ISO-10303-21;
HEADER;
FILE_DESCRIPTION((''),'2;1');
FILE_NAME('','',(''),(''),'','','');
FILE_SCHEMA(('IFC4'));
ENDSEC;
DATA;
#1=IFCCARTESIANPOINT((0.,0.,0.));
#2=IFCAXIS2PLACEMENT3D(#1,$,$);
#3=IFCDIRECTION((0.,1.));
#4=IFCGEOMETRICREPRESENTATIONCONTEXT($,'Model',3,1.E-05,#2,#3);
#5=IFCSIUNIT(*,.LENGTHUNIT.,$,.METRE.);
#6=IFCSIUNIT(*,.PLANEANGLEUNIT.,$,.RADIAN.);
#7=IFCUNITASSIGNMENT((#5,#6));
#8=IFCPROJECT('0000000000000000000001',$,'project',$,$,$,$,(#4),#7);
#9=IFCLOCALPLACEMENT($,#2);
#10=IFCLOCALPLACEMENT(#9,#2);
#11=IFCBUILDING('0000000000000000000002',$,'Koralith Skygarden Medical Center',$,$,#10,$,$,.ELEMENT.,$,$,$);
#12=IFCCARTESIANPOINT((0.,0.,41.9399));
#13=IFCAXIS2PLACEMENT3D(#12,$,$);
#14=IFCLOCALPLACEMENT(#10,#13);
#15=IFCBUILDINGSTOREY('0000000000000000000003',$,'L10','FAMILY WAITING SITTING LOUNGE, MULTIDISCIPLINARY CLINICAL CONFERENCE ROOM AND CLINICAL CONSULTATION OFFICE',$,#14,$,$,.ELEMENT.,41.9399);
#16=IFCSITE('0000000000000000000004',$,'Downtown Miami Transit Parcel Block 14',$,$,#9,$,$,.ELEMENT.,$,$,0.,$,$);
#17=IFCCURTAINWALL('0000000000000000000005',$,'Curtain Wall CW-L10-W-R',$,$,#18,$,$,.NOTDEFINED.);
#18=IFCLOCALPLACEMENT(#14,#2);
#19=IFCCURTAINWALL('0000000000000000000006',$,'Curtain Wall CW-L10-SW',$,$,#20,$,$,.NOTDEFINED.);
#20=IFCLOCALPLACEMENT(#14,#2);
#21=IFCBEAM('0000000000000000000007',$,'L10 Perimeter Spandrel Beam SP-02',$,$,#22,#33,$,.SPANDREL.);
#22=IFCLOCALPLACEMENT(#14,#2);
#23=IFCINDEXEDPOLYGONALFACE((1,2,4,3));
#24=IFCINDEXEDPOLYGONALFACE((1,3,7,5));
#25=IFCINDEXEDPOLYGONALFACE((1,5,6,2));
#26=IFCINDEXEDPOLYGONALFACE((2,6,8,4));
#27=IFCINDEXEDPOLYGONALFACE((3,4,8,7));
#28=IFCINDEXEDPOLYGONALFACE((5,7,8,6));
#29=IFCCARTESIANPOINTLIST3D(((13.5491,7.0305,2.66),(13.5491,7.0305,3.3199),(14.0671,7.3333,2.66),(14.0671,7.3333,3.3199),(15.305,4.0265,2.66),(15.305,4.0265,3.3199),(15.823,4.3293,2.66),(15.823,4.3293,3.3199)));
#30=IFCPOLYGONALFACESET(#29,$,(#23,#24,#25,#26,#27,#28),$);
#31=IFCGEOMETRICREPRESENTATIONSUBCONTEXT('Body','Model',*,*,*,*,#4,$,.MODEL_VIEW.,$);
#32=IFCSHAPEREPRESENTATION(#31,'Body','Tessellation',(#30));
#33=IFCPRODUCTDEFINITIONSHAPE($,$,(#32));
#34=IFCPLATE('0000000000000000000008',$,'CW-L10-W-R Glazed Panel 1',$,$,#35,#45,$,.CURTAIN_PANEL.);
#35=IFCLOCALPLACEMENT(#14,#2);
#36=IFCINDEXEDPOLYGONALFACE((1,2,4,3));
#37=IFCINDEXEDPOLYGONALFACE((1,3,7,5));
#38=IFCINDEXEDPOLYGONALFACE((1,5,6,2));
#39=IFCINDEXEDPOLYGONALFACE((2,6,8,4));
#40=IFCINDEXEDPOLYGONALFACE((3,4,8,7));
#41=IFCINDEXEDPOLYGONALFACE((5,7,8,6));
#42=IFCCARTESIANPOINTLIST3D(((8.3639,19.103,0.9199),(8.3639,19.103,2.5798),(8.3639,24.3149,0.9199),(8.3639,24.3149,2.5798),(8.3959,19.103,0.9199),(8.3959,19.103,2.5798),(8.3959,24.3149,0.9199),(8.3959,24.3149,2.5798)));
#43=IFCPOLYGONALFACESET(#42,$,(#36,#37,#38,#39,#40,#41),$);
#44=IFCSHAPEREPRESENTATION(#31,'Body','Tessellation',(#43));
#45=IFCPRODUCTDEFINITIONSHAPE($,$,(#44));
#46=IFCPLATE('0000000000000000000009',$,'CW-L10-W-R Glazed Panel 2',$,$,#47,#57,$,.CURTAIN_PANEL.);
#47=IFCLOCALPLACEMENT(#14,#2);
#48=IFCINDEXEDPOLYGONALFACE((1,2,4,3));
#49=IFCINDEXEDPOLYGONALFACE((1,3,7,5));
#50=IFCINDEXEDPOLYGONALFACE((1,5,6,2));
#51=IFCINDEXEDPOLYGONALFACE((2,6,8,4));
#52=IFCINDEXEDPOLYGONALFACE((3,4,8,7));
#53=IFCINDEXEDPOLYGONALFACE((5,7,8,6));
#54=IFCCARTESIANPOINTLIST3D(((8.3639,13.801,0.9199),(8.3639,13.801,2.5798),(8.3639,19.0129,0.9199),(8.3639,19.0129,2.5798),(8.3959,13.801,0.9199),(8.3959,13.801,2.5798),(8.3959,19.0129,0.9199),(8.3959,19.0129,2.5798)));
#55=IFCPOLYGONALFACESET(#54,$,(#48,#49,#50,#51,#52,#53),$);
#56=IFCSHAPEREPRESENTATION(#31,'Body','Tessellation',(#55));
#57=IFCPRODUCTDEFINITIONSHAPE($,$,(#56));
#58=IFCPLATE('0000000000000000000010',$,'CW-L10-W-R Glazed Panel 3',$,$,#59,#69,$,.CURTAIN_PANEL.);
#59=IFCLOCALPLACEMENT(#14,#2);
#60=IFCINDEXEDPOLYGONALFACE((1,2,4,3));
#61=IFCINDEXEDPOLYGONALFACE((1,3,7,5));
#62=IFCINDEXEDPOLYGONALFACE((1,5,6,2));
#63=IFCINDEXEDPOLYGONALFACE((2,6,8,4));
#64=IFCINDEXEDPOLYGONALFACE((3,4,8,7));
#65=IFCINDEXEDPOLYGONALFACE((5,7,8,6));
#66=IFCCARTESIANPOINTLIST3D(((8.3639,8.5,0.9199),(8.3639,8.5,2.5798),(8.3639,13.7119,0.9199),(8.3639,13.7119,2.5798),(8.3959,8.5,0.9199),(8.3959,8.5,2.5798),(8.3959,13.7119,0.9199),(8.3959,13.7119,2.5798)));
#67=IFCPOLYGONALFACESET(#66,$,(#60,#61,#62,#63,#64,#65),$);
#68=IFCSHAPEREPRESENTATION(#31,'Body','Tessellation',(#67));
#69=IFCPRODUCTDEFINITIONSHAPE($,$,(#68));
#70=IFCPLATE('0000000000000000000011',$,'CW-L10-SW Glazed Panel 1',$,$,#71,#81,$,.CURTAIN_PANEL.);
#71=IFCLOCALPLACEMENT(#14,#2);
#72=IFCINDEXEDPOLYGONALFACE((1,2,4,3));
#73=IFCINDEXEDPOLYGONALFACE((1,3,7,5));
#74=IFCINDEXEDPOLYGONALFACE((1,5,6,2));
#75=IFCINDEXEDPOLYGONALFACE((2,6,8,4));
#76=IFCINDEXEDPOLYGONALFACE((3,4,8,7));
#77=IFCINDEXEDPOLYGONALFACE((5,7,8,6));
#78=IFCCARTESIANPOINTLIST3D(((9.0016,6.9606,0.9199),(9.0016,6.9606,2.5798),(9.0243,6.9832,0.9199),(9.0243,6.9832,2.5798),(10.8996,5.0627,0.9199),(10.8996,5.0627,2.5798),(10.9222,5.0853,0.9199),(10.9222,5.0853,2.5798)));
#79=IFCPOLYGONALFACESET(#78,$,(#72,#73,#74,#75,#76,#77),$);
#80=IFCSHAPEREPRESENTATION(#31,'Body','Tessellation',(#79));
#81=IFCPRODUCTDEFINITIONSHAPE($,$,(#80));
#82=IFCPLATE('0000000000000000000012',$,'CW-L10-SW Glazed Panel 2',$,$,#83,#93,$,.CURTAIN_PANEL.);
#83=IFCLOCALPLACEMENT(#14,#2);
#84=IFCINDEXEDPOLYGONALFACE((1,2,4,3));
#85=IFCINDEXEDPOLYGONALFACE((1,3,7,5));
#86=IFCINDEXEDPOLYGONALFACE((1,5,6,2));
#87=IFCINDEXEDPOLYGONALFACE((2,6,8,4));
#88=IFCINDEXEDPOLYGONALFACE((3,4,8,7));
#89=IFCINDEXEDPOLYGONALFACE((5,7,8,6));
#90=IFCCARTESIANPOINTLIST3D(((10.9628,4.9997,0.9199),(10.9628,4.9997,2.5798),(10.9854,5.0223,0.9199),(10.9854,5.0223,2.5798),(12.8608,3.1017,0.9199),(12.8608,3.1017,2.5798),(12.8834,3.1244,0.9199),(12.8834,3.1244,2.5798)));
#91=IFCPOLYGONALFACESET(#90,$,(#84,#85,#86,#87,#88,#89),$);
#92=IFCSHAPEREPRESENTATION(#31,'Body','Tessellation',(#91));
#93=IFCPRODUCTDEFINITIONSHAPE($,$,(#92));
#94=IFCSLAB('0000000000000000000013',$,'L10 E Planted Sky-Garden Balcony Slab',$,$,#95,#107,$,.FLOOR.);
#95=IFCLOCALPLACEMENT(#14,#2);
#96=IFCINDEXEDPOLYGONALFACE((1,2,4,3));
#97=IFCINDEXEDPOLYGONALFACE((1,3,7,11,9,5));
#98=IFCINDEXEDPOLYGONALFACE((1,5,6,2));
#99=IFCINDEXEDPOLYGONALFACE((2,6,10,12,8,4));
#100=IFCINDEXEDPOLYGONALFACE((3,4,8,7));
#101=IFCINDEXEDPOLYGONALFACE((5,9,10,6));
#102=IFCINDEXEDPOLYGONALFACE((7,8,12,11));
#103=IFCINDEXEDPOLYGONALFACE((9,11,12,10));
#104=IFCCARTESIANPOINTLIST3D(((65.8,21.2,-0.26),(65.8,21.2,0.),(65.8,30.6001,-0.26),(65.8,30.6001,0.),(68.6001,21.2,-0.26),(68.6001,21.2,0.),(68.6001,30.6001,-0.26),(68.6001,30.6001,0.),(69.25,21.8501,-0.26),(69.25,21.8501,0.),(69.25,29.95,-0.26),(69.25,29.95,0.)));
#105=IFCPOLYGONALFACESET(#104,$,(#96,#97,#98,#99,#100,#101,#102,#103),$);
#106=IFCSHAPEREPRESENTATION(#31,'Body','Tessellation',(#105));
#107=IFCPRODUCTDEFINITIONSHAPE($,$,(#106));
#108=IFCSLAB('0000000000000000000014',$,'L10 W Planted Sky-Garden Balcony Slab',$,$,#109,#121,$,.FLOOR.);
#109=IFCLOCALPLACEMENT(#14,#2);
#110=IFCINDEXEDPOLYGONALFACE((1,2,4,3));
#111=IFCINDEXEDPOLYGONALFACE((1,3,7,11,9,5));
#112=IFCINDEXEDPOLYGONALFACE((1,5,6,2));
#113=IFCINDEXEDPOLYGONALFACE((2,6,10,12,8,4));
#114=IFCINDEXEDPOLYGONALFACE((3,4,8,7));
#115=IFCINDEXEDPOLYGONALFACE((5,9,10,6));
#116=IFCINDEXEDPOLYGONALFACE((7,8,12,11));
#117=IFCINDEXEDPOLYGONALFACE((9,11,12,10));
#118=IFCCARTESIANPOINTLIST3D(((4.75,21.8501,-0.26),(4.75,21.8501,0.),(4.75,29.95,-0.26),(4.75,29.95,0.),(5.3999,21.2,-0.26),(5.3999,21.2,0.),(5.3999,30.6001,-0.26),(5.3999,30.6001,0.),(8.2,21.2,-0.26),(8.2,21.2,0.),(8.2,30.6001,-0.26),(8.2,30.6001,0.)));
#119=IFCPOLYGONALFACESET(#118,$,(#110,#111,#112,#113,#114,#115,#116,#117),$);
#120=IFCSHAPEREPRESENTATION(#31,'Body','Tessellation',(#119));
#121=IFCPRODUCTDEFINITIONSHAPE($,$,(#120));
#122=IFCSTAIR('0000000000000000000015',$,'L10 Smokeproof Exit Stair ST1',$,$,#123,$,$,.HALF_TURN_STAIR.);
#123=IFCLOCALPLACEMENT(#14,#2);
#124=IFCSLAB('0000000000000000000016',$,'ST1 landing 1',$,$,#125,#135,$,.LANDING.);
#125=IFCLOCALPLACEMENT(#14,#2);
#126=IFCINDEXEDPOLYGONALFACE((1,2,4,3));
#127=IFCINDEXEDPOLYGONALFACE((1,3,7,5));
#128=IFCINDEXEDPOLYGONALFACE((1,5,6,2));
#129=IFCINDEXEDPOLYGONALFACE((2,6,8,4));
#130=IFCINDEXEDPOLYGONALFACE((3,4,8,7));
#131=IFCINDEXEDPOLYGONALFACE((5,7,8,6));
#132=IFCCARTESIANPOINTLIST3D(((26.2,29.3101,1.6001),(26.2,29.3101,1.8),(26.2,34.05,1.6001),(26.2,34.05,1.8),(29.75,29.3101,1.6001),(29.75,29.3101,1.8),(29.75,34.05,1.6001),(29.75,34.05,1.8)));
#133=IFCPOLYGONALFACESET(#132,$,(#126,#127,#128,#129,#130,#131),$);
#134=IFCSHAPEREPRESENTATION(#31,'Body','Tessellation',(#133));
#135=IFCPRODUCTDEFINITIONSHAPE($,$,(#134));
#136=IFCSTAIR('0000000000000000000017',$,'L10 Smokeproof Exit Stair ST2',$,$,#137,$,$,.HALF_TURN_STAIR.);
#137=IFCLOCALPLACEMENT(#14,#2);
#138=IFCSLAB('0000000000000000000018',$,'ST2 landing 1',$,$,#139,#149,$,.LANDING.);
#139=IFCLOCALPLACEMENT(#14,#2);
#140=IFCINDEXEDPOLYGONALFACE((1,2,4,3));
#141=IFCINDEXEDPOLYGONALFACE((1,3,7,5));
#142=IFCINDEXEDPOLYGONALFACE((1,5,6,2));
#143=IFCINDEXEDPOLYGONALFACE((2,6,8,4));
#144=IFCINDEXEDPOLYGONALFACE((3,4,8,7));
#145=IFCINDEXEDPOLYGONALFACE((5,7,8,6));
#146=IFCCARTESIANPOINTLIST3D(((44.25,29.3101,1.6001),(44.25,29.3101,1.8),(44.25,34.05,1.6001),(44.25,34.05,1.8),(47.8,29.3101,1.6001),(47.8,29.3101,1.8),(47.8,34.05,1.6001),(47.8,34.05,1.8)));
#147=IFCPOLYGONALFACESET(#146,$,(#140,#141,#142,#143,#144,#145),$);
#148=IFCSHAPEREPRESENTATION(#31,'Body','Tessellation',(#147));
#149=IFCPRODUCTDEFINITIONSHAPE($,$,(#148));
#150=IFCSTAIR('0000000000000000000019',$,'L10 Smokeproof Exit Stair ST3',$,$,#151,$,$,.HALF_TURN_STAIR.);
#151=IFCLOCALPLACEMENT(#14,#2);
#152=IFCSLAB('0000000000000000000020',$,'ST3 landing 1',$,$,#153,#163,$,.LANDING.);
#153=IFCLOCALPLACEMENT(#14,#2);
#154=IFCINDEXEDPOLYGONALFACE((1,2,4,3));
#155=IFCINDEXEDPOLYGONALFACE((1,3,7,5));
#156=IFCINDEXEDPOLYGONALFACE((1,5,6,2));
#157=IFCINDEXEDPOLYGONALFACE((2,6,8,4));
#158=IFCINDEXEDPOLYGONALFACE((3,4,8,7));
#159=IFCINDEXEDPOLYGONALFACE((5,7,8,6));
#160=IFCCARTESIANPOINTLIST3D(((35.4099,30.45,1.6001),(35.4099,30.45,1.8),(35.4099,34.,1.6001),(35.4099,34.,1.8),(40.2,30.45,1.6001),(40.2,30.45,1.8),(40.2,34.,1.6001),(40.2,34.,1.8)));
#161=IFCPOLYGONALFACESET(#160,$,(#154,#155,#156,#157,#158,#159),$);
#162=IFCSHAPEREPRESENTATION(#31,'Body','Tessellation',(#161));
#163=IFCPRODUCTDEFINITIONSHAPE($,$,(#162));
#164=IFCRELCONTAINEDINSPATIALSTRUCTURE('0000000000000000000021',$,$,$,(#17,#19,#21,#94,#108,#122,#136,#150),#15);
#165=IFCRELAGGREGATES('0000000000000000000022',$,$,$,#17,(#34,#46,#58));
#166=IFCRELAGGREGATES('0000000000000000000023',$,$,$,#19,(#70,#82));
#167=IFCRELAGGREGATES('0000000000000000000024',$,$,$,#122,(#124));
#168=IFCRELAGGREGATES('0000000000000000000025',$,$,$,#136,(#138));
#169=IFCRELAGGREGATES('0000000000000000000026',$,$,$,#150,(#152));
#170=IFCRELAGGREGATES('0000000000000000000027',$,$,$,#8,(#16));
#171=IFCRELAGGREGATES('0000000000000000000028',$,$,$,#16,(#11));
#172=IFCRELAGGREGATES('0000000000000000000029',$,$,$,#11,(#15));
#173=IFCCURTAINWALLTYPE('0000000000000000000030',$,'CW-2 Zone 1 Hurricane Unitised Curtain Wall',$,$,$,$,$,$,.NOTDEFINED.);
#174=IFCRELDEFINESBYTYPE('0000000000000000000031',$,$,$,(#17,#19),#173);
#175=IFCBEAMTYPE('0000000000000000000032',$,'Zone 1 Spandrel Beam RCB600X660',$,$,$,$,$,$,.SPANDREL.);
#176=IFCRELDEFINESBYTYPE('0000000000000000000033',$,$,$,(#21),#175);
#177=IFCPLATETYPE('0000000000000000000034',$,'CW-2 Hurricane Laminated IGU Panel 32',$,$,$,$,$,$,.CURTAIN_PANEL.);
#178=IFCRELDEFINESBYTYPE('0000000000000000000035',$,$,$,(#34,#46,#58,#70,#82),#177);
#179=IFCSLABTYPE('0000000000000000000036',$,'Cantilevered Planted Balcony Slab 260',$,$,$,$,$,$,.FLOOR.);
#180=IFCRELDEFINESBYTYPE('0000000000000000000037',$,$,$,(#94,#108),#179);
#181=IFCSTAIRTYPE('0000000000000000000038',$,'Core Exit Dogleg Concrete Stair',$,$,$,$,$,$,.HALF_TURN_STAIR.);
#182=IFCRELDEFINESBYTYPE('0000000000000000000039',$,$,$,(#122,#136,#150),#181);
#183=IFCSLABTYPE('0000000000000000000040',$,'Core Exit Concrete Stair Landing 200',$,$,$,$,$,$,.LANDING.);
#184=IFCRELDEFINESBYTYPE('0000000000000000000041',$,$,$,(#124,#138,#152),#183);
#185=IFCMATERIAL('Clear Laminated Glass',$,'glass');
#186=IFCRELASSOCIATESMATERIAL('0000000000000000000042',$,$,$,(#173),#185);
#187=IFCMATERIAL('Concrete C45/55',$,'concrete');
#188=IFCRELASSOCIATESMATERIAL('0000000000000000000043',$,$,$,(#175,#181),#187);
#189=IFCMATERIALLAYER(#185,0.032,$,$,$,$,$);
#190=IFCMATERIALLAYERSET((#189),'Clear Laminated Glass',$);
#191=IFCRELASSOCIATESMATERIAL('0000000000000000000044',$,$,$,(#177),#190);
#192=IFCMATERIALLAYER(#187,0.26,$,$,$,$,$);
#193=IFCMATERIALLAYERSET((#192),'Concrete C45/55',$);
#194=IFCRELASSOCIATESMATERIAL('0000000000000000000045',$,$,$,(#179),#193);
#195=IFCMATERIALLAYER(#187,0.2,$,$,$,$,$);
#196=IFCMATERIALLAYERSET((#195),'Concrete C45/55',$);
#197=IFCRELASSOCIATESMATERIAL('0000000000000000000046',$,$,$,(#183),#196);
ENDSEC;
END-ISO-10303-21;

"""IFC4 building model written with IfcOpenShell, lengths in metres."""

from ifc_helpers import new_model, si_unit, direction, frame, origin, origin_2d, place, context, subcontext, project, spatial, polyline, rectangle, outline, extrude, material, layer, layer_set, material_profile, profile_set, type_object, element, aggregate, save


model = new_model("IFC4")

# Units and contexts
model_context = context("Model", 3, precision=1e-05, world=origin(), true_north=direction((0.0, 1.0)))
body_context = subcontext(model_context, "Body", "Model", "MODEL_VIEW")
ifc_project = project(units=[si_unit("LENGTHUNIT", "METRE"), si_unit("PLANEANGLEUNIT", "RADIAN")], contexts=[model_context])

# Site, building, storey
site_placement = place(None, origin())
site = spatial("IfcSite", under=ifc_project, at=site_placement, Name="Downtown Miami Transit Parcel Block 14", CompositionType="ELEMENT", RefElevation=0.0)
building_placement = place(site_placement, origin())
building = spatial("IfcBuilding", under=site, at=building_placement, Name="Koralith Skygarden Medical Center", CompositionType="ELEMENT")
storey_placement = place(building_placement, frame((0.0, 0.0, 41.9399)))
storey = spatial("IfcBuildingStorey", under=building, at=storey_placement, Name="L10", Description="FAMILY WAITING SITTING LOUNGE, MULTIDISCIPLINARY CLINICAL CONFERENCE ROOM AND CLINICAL CONSULTATION OFFICE", CompositionType="ELEMENT", Elevation=41.9399)

# Curtain walls
ifc_material_1 = material(Name="Clear Laminated Glass", Category="glass")
curtain_wall_type = type_object("IfcCurtainWallType", Name="CW-2 Zone 1 Hurricane Unitised Curtain Wall", PredefinedType="NOTDEFINED", material=ifc_material_1)
curtain_wall_1_placement = place(storey_placement, origin())
curtain_wall_1 = element("IfcCurtainWall", 1, at=curtain_wall_1_placement, inside=storey, type_object=curtain_wall_type, Name="Curtain Wall CW-L10-W-R", PredefinedType="NOTDEFINED")
curtain_wall_2_placement = place(storey_placement, origin())
curtain_wall_2 = element("IfcCurtainWall", 2, at=curtain_wall_2_placement, inside=storey, type_object=curtain_wall_type, Name="Curtain Wall CW-L10-SW", PredefinedType="NOTDEFINED")

# Beam
ifc_material_2 = material(Name="Concrete C45/55", Category="concrete")
ifc_material_profile_1 = material_profile(ifc_material_2, rectangle(XDim=0.6001, YDim=0.6599, at=origin_2d()), Name="RCB600X660")
ifc_profile_set_1 = profile_set([ifc_material_profile_1], Name="Concrete C45/55")
beam_type = type_object("IfcBeamType", Name="Zone 1 Spandrel Beam RCB600X660", PredefinedType="SPANDREL", material=ifc_profile_set_1)
beam_1_placement = place(storey_placement, frame((13.8081, 7.1819, 2.99), z_axis=(0.504639, -0.863331, 0.0), x_axis=(0.863331, 0.504639, 0.0)))
element("IfcBeam", 3, at=beam_1_placement, inside=storey, type_object=beam_type, Name="L10 Perimeter Spandrel Beam SP-02", PredefinedType="SPANDREL", context=body_context, shape_type="SweptSolid", body=[
    extrude(rectangle(XDim=0.6001, YDim=0.6599, at=origin_2d()), origin(), (0.0, 0.0, 1.0), 3.4795),
])

# Plates
ifc_layer_1 = layer(ifc_material_1, 0.032)
ifc_layer_set_1 = layer_set([ifc_layer_1], Name="Clear Laminated Glass")
plate_type_1 = type_object("IfcPlateType", Name="CW-2 Hurricane Laminated IGU Panel 32", PredefinedType="CURTAIN_PANEL", material=ifc_layer_set_1)
plate_1_placement = place(storey_placement, frame((8.3799, 21.709, 0.9199), z_axis=(0.0, 0.0, 1.0), x_axis=(0.0, -1.0, 0.0)))
plate_1 = element("IfcPlate", 4, at=plate_1_placement, type_object=plate_type_1, Name="CW-L10-W-R Glazed Panel 1", PredefinedType="CURTAIN_PANEL", context=body_context, shape_type="SweptSolid", body=[
    extrude(rectangle(XDim=5.2119, YDim=0.032, at=origin_2d()), origin(), (0.0, 0.0, 1.0), 1.6599),
])
plate_2_placement = place(storey_placement, frame((8.3799, 16.407, 0.9199), z_axis=(0.0, 0.0, 1.0), x_axis=(0.0, -1.0, 0.0)))
plate_2 = element("IfcPlate", 5, at=plate_2_placement, type_object=plate_type_1, Name="CW-L10-W-R Glazed Panel 2", PredefinedType="CURTAIN_PANEL", context=body_context, shape_type="SweptSolid", body=[
    extrude(rectangle(XDim=5.2119, YDim=0.032, at=origin_2d()), origin(), (0.0, 0.0, 1.0), 1.6599),
])
plate_3_placement = place(storey_placement, frame((8.3799, 11.106, 0.9199), z_axis=(0.0, 0.0, 1.0), x_axis=(0.0, -1.0, 0.0)))
plate_3 = element("IfcPlate", 6, at=plate_3_placement, type_object=plate_type_1, Name="CW-L10-W-R Glazed Panel 3", PredefinedType="CURTAIN_PANEL", context=body_context, shape_type="SweptSolid", body=[
    extrude(rectangle(XDim=5.2119, YDim=0.032, at=origin_2d()), origin(), (0.0, 0.0, 1.0), 1.6599),
])
aggregate(curtain_wall_1, [plate_1, plate_2, plate_3])
plate_4_placement = place(storey_placement, frame((9.9619, 6.0229, 0.9199), z_axis=(0.0, 0.0, 1.0), x_axis=(0.707107, -0.707107, 0.0)))
plate_4 = element("IfcPlate", 7, at=plate_4_placement, type_object=plate_type_1, Name="CW-L10-SW Glazed Panel 1", PredefinedType="CURTAIN_PANEL", context=body_context, shape_type="SweptSolid", body=[
    extrude(rectangle(XDim=2.6841, YDim=0.032, at=origin_2d()), origin(), (0.0, 0.0, 1.0), 1.6599),
])
plate_5_placement = place(storey_placement, frame((11.9231, 4.062, 0.9199), z_axis=(0.0, 0.0, 1.0), x_axis=(0.707107, -0.707107, 0.0)))
plate_5 = element("IfcPlate", 8, at=plate_5_placement, type_object=plate_type_1, Name="CW-L10-SW Glazed Panel 2", PredefinedType="CURTAIN_PANEL", context=body_context, shape_type="SweptSolid", body=[
    extrude(rectangle(XDim=2.6841, YDim=0.032, at=origin_2d()), origin(), (0.0, 0.0, 1.0), 1.6599),
])
aggregate(curtain_wall_2, [plate_4, plate_5])

# Slabs
ifc_layer_2 = layer(ifc_material_2, 0.26)
ifc_layer_set_2 = layer_set([ifc_layer_2], Name="Concrete C45/55")
slab_type_1 = type_object("IfcSlabType", Name="Cantilevered Planted Balcony Slab 260", PredefinedType="FLOOR", material=ifc_layer_set_2)
slab_1_placement = place(storey_placement, frame((0.0, 0.0, -0.26)))
element("IfcSlab", 9, at=slab_1_placement, inside=storey, type_object=slab_type_1, Name="L10 E Planted Sky-Garden Balcony Slab", PredefinedType="FLOOR", context=body_context, shape_type="SweptSolid", body=[
    extrude(outline(polyline([(65.8, 21.2), (68.6001, 21.2), (69.25, 21.8501), (69.25, 29.95), (68.6001, 30.6001), (65.8, 30.6001), (65.8, 21.2)])), origin(), (0.0, 0.0, 1.0), 0.26),
])
slab_2_placement = place(storey_placement, frame((0.0, 0.0, -0.26)))
element("IfcSlab", 10, at=slab_2_placement, inside=storey, type_object=slab_type_1, Name="L10 W Planted Sky-Garden Balcony Slab", PredefinedType="FLOOR", context=body_context, shape_type="SweptSolid", body=[
    extrude(outline(polyline([(5.3999, 21.2), (8.2, 21.2), (8.2, 30.6001), (5.3999, 30.6001), (4.75, 29.95), (4.75, 21.8501), (5.3999, 21.2)])), origin(), (0.0, 0.0, 1.0), 0.26),
])

# Stairs, slabs
stair_type = type_object("IfcStairType", Name="Core Exit Dogleg Concrete Stair", PredefinedType="HALF_TURN_STAIR", material=ifc_material_2)
stair_1_placement = place(storey_placement, origin())
stair_1 = element("IfcStair", 11, at=stair_1_placement, inside=storey, type_object=stair_type, Name="L10 Smokeproof Exit Stair ST1", PredefinedType="HALF_TURN_STAIR")
ifc_layer_3 = layer(ifc_material_2, 0.2)
ifc_layer_set_3 = layer_set([ifc_layer_3], Name="Concrete C45/55")
slab_type_2 = type_object("IfcSlabType", Name="Core Exit Concrete Stair Landing 200", PredefinedType="LANDING", material=ifc_layer_set_3)
slab_3_placement = place(storey_placement, frame((0.0, 0.0, 1.6001)))
slab_3 = element("IfcSlab", 12, at=slab_3_placement, type_object=slab_type_2, Name="ST1 landing 1", PredefinedType="LANDING", context=body_context, shape_type="SweptSolid", body=[
    extrude(outline(polyline([(29.75, 29.3101), (29.75, 34.05), (26.2, 34.05), (26.2, 29.3101), (29.75, 29.3101)])), origin(), (0.0, 0.0, 1.0), 0.2),
])
aggregate(stair_1, [slab_3])
stair_2_placement = place(storey_placement, origin())
stair_2 = element("IfcStair", 13, at=stair_2_placement, inside=storey, type_object=stair_type, Name="L10 Smokeproof Exit Stair ST2", PredefinedType="HALF_TURN_STAIR")
slab_4_placement = place(storey_placement, frame((0.0, 0.0, 1.6001)))
slab_4 = element("IfcSlab", 14, at=slab_4_placement, type_object=slab_type_2, Name="ST2 landing 1", PredefinedType="LANDING", context=body_context, shape_type="SweptSolid", body=[
    extrude(outline(polyline([(47.8, 29.3101), (47.8, 34.05), (44.25, 34.05), (44.25, 29.3101), (47.8, 29.3101)])), origin(), (0.0, 0.0, 1.0), 0.2),
])
aggregate(stair_2, [slab_4])
stair_3_placement = place(storey_placement, origin())
stair_3 = element("IfcStair", 15, at=stair_3_placement, inside=storey, type_object=stair_type, Name="L10 Smokeproof Exit Stair ST3", PredefinedType="HALF_TURN_STAIR")
slab_5_placement = place(storey_placement, frame((0.0, 0.0, 1.6001)))
slab_5 = element("IfcSlab", 16, at=slab_5_placement, type_object=slab_type_2, Name="ST3 landing 1", PredefinedType="LANDING", context=body_context, shape_type="SweptSolid", body=[
    extrude(outline(polyline([(35.4099, 30.45), (40.2, 30.45), (40.2, 34.0), (35.4099, 34.0), (35.4099, 30.45)])), origin(), (0.0, 0.0, 1.0), 0.2),
])
aggregate(stair_3, [slab_5])

save(model, "model.ifc")
